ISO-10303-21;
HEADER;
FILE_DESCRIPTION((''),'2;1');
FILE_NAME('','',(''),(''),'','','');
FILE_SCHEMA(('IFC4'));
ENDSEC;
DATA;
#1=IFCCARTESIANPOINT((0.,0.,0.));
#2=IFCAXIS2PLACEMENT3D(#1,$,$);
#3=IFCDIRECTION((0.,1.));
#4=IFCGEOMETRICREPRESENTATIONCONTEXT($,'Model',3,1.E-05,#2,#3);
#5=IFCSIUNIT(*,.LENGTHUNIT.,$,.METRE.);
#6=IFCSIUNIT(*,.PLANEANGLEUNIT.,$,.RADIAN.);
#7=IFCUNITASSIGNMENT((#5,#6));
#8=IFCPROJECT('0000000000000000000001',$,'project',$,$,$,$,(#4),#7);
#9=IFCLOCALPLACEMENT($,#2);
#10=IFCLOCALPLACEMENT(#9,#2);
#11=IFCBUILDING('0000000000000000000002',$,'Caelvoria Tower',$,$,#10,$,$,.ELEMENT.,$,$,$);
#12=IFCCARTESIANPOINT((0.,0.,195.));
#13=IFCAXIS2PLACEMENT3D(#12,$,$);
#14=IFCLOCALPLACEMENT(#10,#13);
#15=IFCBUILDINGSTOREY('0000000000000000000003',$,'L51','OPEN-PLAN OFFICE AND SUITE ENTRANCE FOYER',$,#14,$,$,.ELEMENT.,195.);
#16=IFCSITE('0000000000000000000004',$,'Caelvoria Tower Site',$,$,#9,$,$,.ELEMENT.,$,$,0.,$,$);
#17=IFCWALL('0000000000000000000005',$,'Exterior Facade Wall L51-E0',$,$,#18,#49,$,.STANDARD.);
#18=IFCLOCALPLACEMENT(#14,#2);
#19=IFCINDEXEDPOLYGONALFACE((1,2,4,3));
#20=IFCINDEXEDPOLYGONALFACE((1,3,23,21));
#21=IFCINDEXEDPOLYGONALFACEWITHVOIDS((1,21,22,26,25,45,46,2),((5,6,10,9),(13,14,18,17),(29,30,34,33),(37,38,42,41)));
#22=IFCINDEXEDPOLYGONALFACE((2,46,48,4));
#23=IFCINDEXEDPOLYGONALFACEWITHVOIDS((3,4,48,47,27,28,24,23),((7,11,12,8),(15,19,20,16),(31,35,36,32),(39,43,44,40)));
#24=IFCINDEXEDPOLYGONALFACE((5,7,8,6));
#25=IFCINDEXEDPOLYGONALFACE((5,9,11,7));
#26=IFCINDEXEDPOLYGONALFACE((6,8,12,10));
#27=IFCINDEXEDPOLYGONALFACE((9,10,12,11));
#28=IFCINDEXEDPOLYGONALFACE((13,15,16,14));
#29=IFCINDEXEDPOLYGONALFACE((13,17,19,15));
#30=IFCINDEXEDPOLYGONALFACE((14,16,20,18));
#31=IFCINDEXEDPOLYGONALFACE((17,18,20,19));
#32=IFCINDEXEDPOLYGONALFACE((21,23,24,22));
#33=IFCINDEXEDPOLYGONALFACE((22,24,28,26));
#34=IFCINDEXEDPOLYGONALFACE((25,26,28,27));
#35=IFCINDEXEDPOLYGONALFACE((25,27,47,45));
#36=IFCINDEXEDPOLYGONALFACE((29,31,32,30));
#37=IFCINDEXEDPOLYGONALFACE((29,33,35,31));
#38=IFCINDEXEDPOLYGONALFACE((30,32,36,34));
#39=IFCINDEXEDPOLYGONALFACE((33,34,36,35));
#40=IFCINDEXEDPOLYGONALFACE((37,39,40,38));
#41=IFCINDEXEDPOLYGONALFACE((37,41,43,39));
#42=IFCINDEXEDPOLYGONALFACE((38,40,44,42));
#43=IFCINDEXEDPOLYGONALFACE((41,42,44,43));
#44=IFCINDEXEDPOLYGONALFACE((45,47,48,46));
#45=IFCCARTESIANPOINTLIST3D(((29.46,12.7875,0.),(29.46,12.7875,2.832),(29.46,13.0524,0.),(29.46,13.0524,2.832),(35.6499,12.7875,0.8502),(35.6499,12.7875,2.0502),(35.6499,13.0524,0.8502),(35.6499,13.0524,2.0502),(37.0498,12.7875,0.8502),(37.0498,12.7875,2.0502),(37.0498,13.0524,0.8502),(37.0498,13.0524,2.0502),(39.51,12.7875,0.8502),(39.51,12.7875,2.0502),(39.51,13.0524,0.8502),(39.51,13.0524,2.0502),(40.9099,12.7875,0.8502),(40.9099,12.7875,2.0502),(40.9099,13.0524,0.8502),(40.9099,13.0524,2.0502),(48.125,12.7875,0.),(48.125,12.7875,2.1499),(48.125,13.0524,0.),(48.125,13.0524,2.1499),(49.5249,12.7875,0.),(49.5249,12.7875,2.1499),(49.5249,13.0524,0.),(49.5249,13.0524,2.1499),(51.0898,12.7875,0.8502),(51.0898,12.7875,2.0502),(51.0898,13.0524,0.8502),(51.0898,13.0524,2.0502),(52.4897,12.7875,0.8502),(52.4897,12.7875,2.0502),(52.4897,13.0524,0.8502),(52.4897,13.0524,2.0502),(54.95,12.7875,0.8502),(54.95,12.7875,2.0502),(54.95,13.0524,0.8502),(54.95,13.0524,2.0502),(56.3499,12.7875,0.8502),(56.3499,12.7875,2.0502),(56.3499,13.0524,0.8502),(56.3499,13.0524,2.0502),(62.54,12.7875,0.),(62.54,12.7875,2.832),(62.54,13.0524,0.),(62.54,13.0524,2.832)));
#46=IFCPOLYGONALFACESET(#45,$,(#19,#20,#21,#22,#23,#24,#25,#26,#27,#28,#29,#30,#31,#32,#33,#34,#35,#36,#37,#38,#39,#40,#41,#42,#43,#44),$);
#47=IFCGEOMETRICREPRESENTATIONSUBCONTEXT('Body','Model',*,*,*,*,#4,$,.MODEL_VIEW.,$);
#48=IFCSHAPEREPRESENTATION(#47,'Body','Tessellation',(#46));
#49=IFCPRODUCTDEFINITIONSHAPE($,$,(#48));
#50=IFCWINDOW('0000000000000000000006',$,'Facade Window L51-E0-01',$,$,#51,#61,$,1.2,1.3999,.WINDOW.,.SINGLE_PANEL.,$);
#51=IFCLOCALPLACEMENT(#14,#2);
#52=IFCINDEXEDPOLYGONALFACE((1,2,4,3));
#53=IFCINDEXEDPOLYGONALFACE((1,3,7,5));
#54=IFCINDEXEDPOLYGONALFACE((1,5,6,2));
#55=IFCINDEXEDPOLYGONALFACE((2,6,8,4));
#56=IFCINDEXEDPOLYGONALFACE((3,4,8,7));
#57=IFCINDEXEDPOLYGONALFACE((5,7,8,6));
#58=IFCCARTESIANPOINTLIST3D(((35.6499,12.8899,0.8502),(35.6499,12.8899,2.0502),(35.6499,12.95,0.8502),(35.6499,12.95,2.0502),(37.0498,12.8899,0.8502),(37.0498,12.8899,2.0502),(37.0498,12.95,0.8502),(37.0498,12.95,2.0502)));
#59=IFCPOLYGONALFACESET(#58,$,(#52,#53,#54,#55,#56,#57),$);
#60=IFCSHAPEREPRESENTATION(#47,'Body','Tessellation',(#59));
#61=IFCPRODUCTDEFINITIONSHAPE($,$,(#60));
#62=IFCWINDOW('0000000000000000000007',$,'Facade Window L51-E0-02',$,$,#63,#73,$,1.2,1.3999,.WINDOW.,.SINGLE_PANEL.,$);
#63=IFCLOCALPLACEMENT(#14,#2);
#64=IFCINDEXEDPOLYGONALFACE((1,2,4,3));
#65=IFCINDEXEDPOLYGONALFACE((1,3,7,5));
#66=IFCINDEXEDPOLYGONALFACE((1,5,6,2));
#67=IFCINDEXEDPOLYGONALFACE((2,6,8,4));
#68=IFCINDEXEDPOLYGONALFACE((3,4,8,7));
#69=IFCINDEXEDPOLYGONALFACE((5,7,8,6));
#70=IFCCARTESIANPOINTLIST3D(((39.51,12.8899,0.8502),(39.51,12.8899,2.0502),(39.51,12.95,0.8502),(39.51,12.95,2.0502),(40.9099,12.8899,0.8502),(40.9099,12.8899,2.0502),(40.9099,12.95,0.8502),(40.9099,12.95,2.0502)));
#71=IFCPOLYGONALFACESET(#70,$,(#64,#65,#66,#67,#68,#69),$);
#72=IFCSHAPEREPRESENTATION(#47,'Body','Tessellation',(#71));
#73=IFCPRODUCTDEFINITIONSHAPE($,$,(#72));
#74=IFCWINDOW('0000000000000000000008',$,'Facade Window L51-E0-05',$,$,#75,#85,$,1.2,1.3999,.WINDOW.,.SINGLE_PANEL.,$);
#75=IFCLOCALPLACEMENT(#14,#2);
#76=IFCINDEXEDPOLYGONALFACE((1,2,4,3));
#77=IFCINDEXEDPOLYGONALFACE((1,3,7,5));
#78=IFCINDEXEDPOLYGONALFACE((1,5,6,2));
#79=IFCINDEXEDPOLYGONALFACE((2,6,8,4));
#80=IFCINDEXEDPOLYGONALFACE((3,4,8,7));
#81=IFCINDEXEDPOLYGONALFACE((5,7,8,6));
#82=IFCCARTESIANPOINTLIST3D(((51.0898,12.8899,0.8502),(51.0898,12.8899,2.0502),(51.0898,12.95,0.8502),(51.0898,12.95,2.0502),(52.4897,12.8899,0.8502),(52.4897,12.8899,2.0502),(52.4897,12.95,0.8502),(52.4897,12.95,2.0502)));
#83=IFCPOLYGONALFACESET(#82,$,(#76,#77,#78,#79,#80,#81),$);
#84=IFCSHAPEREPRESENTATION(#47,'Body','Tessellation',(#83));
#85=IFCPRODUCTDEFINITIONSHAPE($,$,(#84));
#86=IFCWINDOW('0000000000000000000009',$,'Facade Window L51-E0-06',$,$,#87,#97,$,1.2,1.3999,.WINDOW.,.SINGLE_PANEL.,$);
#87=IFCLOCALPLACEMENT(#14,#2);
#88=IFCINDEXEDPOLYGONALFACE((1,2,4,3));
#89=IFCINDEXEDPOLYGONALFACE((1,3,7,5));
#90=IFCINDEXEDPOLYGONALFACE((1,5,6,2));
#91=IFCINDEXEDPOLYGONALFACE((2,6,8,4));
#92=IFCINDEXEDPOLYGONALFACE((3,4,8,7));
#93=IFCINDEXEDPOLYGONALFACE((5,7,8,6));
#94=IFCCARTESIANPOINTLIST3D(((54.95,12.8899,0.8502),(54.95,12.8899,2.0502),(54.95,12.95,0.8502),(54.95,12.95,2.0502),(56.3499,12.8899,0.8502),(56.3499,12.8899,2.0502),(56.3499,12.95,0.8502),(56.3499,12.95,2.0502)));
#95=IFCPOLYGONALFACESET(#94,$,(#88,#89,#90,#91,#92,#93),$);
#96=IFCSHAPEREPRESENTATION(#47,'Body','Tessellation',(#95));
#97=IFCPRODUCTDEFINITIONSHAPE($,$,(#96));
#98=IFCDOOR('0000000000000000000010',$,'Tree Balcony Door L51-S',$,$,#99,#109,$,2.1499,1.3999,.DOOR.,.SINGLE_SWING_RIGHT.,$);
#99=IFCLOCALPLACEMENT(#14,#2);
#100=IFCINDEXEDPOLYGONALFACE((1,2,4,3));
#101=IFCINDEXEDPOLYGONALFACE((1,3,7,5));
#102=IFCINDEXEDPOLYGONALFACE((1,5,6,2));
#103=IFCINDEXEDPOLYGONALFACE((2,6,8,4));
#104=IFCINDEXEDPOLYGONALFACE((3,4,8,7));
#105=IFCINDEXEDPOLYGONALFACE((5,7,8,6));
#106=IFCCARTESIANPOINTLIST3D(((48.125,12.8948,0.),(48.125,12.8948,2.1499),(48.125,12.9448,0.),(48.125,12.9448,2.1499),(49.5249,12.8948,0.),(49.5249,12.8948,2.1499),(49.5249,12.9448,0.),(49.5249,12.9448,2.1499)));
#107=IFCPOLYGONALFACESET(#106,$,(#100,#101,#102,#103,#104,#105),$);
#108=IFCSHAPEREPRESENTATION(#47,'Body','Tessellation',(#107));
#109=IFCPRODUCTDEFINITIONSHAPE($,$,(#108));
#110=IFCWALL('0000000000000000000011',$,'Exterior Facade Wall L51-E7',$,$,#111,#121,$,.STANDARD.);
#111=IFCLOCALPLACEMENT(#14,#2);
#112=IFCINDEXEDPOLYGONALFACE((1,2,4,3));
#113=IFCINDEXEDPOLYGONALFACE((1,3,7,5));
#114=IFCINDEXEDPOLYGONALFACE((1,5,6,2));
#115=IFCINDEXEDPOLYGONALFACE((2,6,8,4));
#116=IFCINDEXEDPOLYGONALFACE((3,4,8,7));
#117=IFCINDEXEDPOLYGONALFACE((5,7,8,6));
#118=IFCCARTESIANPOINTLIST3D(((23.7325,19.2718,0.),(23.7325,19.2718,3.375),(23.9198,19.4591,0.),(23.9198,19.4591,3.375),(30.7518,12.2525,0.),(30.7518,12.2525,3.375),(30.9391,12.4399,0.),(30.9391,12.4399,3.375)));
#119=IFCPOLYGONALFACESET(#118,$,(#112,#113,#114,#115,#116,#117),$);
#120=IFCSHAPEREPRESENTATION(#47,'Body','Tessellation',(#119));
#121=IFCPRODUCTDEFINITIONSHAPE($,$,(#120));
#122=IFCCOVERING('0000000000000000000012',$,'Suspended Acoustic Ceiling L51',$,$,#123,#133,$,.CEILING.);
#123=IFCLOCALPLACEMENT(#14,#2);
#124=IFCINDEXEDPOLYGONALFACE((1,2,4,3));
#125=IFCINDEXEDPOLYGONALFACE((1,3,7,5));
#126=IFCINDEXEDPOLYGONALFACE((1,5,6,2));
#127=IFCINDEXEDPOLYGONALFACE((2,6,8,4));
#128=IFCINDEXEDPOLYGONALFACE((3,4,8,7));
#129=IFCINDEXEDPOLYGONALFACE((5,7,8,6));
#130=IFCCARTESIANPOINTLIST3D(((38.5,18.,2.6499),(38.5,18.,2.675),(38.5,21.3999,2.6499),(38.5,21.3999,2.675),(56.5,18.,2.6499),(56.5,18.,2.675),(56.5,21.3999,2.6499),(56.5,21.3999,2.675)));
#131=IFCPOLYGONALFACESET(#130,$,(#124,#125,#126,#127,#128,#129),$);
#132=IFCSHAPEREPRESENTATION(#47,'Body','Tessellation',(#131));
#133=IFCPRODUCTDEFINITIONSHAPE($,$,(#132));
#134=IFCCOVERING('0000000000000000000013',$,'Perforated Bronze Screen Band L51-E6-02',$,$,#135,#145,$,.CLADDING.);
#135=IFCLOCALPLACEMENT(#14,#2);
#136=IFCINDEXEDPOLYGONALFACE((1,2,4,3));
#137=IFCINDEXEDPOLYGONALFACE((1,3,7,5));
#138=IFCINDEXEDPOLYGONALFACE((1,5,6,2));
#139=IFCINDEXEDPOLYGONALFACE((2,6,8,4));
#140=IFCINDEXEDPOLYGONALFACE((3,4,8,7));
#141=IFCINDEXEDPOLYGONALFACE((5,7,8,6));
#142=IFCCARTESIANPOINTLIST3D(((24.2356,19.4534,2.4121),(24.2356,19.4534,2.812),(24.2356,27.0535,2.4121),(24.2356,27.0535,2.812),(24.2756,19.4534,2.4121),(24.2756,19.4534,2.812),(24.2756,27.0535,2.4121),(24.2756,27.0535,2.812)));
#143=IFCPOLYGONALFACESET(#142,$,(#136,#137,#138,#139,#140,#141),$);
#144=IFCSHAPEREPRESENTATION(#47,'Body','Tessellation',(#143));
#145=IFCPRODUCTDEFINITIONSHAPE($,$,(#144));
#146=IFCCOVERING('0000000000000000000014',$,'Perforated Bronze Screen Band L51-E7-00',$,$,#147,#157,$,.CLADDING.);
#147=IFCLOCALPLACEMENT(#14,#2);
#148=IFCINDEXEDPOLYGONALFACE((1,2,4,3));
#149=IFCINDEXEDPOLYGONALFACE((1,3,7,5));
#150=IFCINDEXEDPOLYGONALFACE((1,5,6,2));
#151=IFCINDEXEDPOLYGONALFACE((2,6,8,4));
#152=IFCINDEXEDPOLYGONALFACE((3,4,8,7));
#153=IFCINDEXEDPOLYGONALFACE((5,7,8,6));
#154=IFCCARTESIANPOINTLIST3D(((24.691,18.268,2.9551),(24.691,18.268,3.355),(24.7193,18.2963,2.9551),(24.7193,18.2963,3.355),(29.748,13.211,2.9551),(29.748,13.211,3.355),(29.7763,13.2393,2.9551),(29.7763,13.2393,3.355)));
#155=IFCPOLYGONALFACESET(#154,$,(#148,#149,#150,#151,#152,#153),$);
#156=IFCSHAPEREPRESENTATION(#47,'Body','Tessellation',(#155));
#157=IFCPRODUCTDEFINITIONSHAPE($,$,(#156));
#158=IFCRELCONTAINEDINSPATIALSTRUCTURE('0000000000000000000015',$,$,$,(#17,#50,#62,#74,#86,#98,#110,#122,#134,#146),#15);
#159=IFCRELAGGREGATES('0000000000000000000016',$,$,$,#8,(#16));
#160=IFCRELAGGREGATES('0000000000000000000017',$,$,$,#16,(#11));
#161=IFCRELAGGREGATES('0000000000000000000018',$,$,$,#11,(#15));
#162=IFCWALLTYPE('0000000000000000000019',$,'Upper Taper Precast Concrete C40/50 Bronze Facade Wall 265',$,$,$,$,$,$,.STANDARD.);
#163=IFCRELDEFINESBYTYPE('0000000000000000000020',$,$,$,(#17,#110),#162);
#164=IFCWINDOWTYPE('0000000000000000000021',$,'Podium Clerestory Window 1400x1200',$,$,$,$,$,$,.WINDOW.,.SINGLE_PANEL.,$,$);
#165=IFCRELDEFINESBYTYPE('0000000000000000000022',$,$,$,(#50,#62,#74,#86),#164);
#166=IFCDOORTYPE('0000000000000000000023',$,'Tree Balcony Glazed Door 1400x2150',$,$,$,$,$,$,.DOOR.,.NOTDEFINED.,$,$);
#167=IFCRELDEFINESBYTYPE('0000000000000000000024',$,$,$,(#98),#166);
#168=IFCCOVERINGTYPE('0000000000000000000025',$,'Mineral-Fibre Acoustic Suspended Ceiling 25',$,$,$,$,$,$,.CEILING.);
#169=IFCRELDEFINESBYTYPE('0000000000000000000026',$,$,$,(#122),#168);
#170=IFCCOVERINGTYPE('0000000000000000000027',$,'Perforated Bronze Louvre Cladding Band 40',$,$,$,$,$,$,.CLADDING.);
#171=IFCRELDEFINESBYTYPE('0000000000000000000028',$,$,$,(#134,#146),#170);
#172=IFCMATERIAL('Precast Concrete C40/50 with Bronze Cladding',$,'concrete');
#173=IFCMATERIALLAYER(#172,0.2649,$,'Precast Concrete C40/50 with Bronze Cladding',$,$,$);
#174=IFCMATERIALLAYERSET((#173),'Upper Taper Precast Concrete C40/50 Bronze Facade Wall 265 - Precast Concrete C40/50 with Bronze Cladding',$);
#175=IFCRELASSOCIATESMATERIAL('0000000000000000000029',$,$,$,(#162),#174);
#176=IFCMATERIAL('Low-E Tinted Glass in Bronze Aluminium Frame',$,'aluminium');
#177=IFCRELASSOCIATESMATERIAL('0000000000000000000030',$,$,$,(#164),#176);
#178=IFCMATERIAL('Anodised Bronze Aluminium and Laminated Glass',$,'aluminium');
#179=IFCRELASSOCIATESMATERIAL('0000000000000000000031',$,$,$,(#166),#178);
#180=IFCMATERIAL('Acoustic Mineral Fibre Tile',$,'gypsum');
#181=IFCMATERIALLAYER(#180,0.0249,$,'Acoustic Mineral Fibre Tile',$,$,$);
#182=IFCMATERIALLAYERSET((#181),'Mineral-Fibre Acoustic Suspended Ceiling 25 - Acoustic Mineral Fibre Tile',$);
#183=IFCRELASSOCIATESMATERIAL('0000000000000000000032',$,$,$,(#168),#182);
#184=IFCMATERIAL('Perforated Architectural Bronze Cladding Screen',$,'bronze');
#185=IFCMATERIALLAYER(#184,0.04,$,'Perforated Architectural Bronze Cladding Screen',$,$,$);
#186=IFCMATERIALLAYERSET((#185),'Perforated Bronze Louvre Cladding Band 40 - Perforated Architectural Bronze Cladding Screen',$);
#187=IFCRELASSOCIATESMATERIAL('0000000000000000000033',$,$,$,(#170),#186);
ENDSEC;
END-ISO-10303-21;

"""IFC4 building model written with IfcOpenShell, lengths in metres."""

from ifc_helpers import new_model, si_unit, direction, frame, frame_2d, origin, origin_2d, place, context, subcontext, project, spatial, polyline, rectangle, outline, extrude, material, layer, layer_set, type_object, element, fill, save


model = new_model("IFC4")

# Units and contexts
model_context = context("Model", 3, precision=1e-05, world=origin(), true_north=direction((0.0, 1.0)))
body_context = subcontext(model_context, "Body", "Model", "MODEL_VIEW")
ifc_project = project(units=[si_unit("LENGTHUNIT", "METRE"), si_unit("PLANEANGLEUNIT", "RADIAN")], contexts=[model_context])

# Site, building, storey
site_placement = place(None, origin())
site = spatial("IfcSite", under=ifc_project, at=site_placement, Name="Caelvoria Tower Site", CompositionType="ELEMENT", RefElevation=0.0)
building_placement = place(site_placement, origin())
building = spatial("IfcBuilding", under=site, at=building_placement, Name="Caelvoria Tower", CompositionType="ELEMENT")
storey_placement = place(building_placement, frame((0.0, 0.0, 195.0)))
storey = spatial("IfcBuildingStorey", under=building, at=storey_placement, Name="L51", Description="OPEN-PLAN OFFICE AND SUITE ENTRANCE FOYER", CompositionType="ELEMENT", Elevation=195.0)

# Wall, openings, windows, door
ifc_material_1 = material(Name="Precast Concrete C40/50 with Bronze Cladding", Category="concrete")
ifc_layer_1 = layer(ifc_material_1, 0.2649, Name="Precast Concrete C40/50 with Bronze Cladding")
ifc_layer_set_1 = layer_set([ifc_layer_1], Name="Upper Taper Precast Concrete C40/50 Bronze Facade Wall 265 - Precast Concrete C40/50 with Bronze Cladding")
wall_type = type_object("IfcWallType", Name="Upper Taper Precast Concrete C40/50 Bronze Facade Wall 265", PredefinedType="STANDARD", material=ifc_layer_set_1)
wall_1_placement = place(storey_placement, frame((29.46, 12.9199, 0.0), z_axis=(0.0, 0.0, 1.0), x_axis=(1.0, 0.0, 0.0)))
wall_1 = element("IfcWall", 1, at=wall_1_placement, inside=storey, type_object=wall_type, Name="Exterior Facade Wall L51-E0", PredefinedType="STANDARD", context=body_context, shape_type="SweptSolid", body=[
    extrude(rectangle(XDim=33.0801, YDim=0.2649, at=frame_2d((16.54, 0.0))), origin(), (0.0, 0.0, 1.0), 2.832),
])
opening_1_placement = place(wall_1_placement, frame((18.665, 0.0, 0.0)))
opening_1 = element("IfcOpeningElement", 2, at=opening_1_placement, cuts=wall_1, PredefinedType="OPENING", context=body_context, shape_type="SweptSolid", body=[
    extrude(rectangle(XDim=1.3999, YDim=2.1499, at=frame_2d((0.7, 1.075))), frame((0.0, 0.1423, 0.0), z_axis=(0.0, -1.0, 0.0), x_axis=(1.0, 0.0, 0.0)), (0.0, 0.0, 1.0), 0.2849),
])
opening_2_placement = place(wall_1_placement, frame((6.1899, 0.0, 0.8501)))
opening_2 = element("IfcOpeningElement", 3, at=opening_2_placement, cuts=wall_1, PredefinedType="OPENING", context=body_context, shape_type="SweptSolid", body=[
    extrude(rectangle(XDim=1.3999, YDim=1.2, at=frame_2d((0.7, 0.6001))), frame((0.0, 0.1423, 0.0), z_axis=(0.0, -1.0, 0.0), x_axis=(1.0, 0.0, 0.0)), (0.0, 0.0, 1.0), 0.2849),
])
opening_3_placement = place(wall_1_placement, frame((10.05, 0.0, 0.8501)))
opening_3 = element("IfcOpeningElement", 4, at=opening_3_placement, cuts=wall_1, PredefinedType="OPENING", context=body_context, shape_type="SweptSolid", body=[
    extrude(rectangle(XDim=1.3999, YDim=1.2, at=frame_2d((0.7, 0.6001))), frame((0.0, 0.1423, 0.0), z_axis=(0.0, -1.0, 0.0), x_axis=(1.0, 0.0, 0.0)), (0.0, 0.0, 1.0), 0.2849),
])
opening_4_placement = place(wall_1_placement, frame((21.6299, 0.0, 0.8501)))
opening_4 = element("IfcOpeningElement", 5, at=opening_4_placement, cuts=wall_1, PredefinedType="OPENING", context=body_context, shape_type="SweptSolid", body=[
    extrude(rectangle(XDim=1.3999, YDim=1.2, at=frame_2d((0.7, 0.6001))), frame((0.0, 0.1423, 0.0), z_axis=(0.0, -1.0, 0.0), x_axis=(1.0, 0.0, 0.0)), (0.0, 0.0, 1.0), 0.2849),
])
opening_5_placement = place(wall_1_placement, frame((25.49, 0.0, 0.8501)))
opening_5 = element("IfcOpeningElement", 6, at=opening_5_placement, cuts=wall_1, PredefinedType="OPENING", context=body_context, shape_type="SweptSolid", body=[
    extrude(rectangle(XDim=1.3999, YDim=1.2, at=frame_2d((0.7, 0.6001))), frame((0.0, 0.1423, 0.0), z_axis=(0.0, -1.0, 0.0), x_axis=(1.0, 0.0, 0.0)), (0.0, 0.0, 1.0), 0.2849),
])
ifc_material_2 = material(Name="Low-E Tinted Glass in Bronze Aluminium Frame", Category="aluminium")
window_type = type_object("IfcWindowType", Name="Podium Clerestory Window 1400x1200", PartitioningType="SINGLE_PANEL", PredefinedType="WINDOW", material=ifc_material_2)
window_1_placement = place(opening_2_placement, origin())
window_1 = element("IfcWindow", 7, at=window_1_placement, inside=storey, type_object=window_type, Name="Facade Window L51-E0-01", OverallHeight=1.2, OverallWidth=1.3999, PartitioningType="SINGLE_PANEL", PredefinedType="WINDOW", context=body_context, shape_type="SweptSolid", body=[
    extrude(rectangle(XDim=1.3999, YDim=1.2, at=frame_2d((0.7, 0.6001))), frame((0.0, 0.03, 0.0), z_axis=(0.0, -1.0, 0.0), x_axis=(1.0, 0.0, 0.0)), (0.0, 0.0, 1.0), 0.0601),
])
fill(opening_2, window_1)
window_2_placement = place(opening_3_placement, origin())
window_2 = element("IfcWindow", 8, at=window_2_placement, inside=storey, type_object=window_type, Name="Facade Window L51-E0-02", OverallHeight=1.2, OverallWidth=1.3999, PartitioningType="SINGLE_PANEL", PredefinedType="WINDOW", context=body_context, shape_type="SweptSolid", body=[
    extrude(rectangle(XDim=1.3999, YDim=1.2, at=frame_2d((0.7, 0.6001))), frame((0.0, 0.03, 0.0), z_axis=(0.0, -1.0, 0.0), x_axis=(1.0, 0.0, 0.0)), (0.0, 0.0, 1.0), 0.0601),
])
fill(opening_3, window_2)
window_3_placement = place(opening_4_placement, origin())
window_3 = element("IfcWindow", 9, at=window_3_placement, inside=storey, type_object=window_type, Name="Facade Window L51-E0-05", OverallHeight=1.2, OverallWidth=1.3999, PartitioningType="SINGLE_PANEL", PredefinedType="WINDOW", context=body_context, shape_type="SweptSolid", body=[
    extrude(rectangle(XDim=1.3999, YDim=1.2, at=frame_2d((0.7, 0.6001))), frame((0.0, 0.03, 0.0), z_axis=(0.0, -1.0, 0.0), x_axis=(1.0, 0.0, 0.0)), (0.0, 0.0, 1.0), 0.0601),
])
fill(opening_4, window_3)
window_4_placement = place(opening_5_placement, origin())
window_4 = element("IfcWindow", 10, at=window_4_placement, inside=storey, type_object=window_type, Name="Facade Window L51-E0-06", OverallHeight=1.2, OverallWidth=1.3999, PartitioningType="SINGLE_PANEL", PredefinedType="WINDOW", context=body_context, shape_type="SweptSolid", body=[
    extrude(rectangle(XDim=1.3999, YDim=1.2, at=frame_2d((0.7, 0.6001))), frame((0.0, 0.03, 0.0), z_axis=(0.0, -1.0, 0.0), x_axis=(1.0, 0.0, 0.0)), (0.0, 0.0, 1.0), 0.0601),
])
fill(opening_5, window_4)
ifc_material_3 = material(Name="Anodised Bronze Aluminium and Laminated Glass", Category="aluminium")
door_type = type_object("IfcDoorType", Name="Tree Balcony Glazed Door 1400x2150", OperationType="NOTDEFINED", PredefinedType="DOOR", material=ifc_material_3)
door_placement = place(opening_1_placement, origin())
door = element("IfcDoor", 11, at=door_placement, inside=storey, type_object=door_type, Name="Tree Balcony Door L51-S", OperationType="SINGLE_SWING_RIGHT", OverallHeight=2.1499, OverallWidth=1.3999, PredefinedType="DOOR", context=body_context, shape_type="SweptSolid", body=[
    extrude(rectangle(XDim=1.3999, YDim=2.1499, at=frame_2d((0.7, 1.075))), frame((0.0, 0.0249, 0.0), z_axis=(0.0, -1.0, 0.0), x_axis=(1.0, 0.0, 0.0)), (0.0, 0.0, 1.0), 0.05),
])
fill(opening_1, door)

# Wall
wall_2_placement = place(storey_placement, frame((23.8262, 19.3655, 0.0), z_axis=(0.0, 0.0, 1.0), x_axis=(0.707107, -0.707107, 0.0)))
element("IfcWall", 12, at=wall_2_placement, inside=storey, type_object=wall_type, Name="Exterior Facade Wall L51-E7", PredefinedType="STANDARD", context=body_context, shape_type="SweptSolid", body=[
    extrude(rectangle(XDim=9.9268, YDim=0.2649, at=frame_2d((4.9634, 0.0))), origin(), (0.0, 0.0, 1.0), 3.375),
])

# Coverings
ifc_material_4 = material(Name="Acoustic Mineral Fibre Tile", Category="gypsum")
ifc_layer_2 = layer(ifc_material_4, 0.0249, Name="Acoustic Mineral Fibre Tile")
ifc_layer_set_2 = layer_set([ifc_layer_2], Name="Mineral-Fibre Acoustic Suspended Ceiling 25 - Acoustic Mineral Fibre Tile")
covering_type_1 = type_object("IfcCoveringType", Name="Mineral-Fibre Acoustic Suspended Ceiling 25", PredefinedType="CEILING", material=ifc_layer_set_2)
covering_1_placement = place(storey_placement, frame((0.0, 0.0, 2.6499)))
element("IfcCovering", 13, at=covering_1_placement, inside=storey, type_object=covering_type_1, Name="Suspended Acoustic Ceiling L51", PredefinedType="CEILING", context=body_context, shape_type="SweptSolid", body=[
    extrude(outline(polyline([(38.5, 18.0), (56.5, 18.0), (56.5, 21.3999), (38.5, 21.3999), (38.5, 18.0)])), origin(), (0.0, 0.0, 1.0), 0.0251),
])
ifc_material_5 = material(Name="Perforated Architectural Bronze Cladding Screen", Category="bronze")
ifc_layer_3 = layer(ifc_material_5, 0.04, Name="Perforated Architectural Bronze Cladding Screen")
ifc_layer_set_3 = layer_set([ifc_layer_3], Name="Perforated Bronze Louvre Cladding Band 40 - Perforated Architectural Bronze Cladding Screen")
covering_type_2 = type_object("IfcCoveringType", Name="Perforated Bronze Louvre Cladding Band 40", PredefinedType="CLADDING", material=ifc_layer_set_3)
covering_2_placement = place(storey_placement, frame((24.2556, 23.2534, 2.4121), z_axis=(0.0, 0.0, 1.0), x_axis=(0.0, -1.0, 0.0)))
element("IfcCovering", 14, at=covering_2_placement, inside=storey, type_object=covering_type_2, Name="Perforated Bronze Screen Band L51-E6-02", PredefinedType="CLADDING", context=body_context, shape_type="SweptSolid", body=[
    extrude(rectangle(XDim=7.6001, YDim=0.04, at=origin_2d()), origin(), (0.0, 0.0, 1.0), 0.3999),
])
covering_3_placement = place(storey_placement, frame((27.2336, 15.7537, 2.9551), z_axis=(0.0, 0.0, 1.0), x_axis=(0.707107, -0.707107, 0.0)))
element("IfcCovering", 15, at=covering_3_placement, inside=storey, type_object=covering_type_2, Name="Perforated Bronze Screen Band L51-E7-00", PredefinedType="CLADDING", context=body_context, shape_type="SweptSolid", body=[
    extrude(rectangle(XDim=7.1516, YDim=0.04, at=origin_2d()), origin(), (0.0, 0.0, 1.0), 0.3999),
])

save(model, "model.ifc")
